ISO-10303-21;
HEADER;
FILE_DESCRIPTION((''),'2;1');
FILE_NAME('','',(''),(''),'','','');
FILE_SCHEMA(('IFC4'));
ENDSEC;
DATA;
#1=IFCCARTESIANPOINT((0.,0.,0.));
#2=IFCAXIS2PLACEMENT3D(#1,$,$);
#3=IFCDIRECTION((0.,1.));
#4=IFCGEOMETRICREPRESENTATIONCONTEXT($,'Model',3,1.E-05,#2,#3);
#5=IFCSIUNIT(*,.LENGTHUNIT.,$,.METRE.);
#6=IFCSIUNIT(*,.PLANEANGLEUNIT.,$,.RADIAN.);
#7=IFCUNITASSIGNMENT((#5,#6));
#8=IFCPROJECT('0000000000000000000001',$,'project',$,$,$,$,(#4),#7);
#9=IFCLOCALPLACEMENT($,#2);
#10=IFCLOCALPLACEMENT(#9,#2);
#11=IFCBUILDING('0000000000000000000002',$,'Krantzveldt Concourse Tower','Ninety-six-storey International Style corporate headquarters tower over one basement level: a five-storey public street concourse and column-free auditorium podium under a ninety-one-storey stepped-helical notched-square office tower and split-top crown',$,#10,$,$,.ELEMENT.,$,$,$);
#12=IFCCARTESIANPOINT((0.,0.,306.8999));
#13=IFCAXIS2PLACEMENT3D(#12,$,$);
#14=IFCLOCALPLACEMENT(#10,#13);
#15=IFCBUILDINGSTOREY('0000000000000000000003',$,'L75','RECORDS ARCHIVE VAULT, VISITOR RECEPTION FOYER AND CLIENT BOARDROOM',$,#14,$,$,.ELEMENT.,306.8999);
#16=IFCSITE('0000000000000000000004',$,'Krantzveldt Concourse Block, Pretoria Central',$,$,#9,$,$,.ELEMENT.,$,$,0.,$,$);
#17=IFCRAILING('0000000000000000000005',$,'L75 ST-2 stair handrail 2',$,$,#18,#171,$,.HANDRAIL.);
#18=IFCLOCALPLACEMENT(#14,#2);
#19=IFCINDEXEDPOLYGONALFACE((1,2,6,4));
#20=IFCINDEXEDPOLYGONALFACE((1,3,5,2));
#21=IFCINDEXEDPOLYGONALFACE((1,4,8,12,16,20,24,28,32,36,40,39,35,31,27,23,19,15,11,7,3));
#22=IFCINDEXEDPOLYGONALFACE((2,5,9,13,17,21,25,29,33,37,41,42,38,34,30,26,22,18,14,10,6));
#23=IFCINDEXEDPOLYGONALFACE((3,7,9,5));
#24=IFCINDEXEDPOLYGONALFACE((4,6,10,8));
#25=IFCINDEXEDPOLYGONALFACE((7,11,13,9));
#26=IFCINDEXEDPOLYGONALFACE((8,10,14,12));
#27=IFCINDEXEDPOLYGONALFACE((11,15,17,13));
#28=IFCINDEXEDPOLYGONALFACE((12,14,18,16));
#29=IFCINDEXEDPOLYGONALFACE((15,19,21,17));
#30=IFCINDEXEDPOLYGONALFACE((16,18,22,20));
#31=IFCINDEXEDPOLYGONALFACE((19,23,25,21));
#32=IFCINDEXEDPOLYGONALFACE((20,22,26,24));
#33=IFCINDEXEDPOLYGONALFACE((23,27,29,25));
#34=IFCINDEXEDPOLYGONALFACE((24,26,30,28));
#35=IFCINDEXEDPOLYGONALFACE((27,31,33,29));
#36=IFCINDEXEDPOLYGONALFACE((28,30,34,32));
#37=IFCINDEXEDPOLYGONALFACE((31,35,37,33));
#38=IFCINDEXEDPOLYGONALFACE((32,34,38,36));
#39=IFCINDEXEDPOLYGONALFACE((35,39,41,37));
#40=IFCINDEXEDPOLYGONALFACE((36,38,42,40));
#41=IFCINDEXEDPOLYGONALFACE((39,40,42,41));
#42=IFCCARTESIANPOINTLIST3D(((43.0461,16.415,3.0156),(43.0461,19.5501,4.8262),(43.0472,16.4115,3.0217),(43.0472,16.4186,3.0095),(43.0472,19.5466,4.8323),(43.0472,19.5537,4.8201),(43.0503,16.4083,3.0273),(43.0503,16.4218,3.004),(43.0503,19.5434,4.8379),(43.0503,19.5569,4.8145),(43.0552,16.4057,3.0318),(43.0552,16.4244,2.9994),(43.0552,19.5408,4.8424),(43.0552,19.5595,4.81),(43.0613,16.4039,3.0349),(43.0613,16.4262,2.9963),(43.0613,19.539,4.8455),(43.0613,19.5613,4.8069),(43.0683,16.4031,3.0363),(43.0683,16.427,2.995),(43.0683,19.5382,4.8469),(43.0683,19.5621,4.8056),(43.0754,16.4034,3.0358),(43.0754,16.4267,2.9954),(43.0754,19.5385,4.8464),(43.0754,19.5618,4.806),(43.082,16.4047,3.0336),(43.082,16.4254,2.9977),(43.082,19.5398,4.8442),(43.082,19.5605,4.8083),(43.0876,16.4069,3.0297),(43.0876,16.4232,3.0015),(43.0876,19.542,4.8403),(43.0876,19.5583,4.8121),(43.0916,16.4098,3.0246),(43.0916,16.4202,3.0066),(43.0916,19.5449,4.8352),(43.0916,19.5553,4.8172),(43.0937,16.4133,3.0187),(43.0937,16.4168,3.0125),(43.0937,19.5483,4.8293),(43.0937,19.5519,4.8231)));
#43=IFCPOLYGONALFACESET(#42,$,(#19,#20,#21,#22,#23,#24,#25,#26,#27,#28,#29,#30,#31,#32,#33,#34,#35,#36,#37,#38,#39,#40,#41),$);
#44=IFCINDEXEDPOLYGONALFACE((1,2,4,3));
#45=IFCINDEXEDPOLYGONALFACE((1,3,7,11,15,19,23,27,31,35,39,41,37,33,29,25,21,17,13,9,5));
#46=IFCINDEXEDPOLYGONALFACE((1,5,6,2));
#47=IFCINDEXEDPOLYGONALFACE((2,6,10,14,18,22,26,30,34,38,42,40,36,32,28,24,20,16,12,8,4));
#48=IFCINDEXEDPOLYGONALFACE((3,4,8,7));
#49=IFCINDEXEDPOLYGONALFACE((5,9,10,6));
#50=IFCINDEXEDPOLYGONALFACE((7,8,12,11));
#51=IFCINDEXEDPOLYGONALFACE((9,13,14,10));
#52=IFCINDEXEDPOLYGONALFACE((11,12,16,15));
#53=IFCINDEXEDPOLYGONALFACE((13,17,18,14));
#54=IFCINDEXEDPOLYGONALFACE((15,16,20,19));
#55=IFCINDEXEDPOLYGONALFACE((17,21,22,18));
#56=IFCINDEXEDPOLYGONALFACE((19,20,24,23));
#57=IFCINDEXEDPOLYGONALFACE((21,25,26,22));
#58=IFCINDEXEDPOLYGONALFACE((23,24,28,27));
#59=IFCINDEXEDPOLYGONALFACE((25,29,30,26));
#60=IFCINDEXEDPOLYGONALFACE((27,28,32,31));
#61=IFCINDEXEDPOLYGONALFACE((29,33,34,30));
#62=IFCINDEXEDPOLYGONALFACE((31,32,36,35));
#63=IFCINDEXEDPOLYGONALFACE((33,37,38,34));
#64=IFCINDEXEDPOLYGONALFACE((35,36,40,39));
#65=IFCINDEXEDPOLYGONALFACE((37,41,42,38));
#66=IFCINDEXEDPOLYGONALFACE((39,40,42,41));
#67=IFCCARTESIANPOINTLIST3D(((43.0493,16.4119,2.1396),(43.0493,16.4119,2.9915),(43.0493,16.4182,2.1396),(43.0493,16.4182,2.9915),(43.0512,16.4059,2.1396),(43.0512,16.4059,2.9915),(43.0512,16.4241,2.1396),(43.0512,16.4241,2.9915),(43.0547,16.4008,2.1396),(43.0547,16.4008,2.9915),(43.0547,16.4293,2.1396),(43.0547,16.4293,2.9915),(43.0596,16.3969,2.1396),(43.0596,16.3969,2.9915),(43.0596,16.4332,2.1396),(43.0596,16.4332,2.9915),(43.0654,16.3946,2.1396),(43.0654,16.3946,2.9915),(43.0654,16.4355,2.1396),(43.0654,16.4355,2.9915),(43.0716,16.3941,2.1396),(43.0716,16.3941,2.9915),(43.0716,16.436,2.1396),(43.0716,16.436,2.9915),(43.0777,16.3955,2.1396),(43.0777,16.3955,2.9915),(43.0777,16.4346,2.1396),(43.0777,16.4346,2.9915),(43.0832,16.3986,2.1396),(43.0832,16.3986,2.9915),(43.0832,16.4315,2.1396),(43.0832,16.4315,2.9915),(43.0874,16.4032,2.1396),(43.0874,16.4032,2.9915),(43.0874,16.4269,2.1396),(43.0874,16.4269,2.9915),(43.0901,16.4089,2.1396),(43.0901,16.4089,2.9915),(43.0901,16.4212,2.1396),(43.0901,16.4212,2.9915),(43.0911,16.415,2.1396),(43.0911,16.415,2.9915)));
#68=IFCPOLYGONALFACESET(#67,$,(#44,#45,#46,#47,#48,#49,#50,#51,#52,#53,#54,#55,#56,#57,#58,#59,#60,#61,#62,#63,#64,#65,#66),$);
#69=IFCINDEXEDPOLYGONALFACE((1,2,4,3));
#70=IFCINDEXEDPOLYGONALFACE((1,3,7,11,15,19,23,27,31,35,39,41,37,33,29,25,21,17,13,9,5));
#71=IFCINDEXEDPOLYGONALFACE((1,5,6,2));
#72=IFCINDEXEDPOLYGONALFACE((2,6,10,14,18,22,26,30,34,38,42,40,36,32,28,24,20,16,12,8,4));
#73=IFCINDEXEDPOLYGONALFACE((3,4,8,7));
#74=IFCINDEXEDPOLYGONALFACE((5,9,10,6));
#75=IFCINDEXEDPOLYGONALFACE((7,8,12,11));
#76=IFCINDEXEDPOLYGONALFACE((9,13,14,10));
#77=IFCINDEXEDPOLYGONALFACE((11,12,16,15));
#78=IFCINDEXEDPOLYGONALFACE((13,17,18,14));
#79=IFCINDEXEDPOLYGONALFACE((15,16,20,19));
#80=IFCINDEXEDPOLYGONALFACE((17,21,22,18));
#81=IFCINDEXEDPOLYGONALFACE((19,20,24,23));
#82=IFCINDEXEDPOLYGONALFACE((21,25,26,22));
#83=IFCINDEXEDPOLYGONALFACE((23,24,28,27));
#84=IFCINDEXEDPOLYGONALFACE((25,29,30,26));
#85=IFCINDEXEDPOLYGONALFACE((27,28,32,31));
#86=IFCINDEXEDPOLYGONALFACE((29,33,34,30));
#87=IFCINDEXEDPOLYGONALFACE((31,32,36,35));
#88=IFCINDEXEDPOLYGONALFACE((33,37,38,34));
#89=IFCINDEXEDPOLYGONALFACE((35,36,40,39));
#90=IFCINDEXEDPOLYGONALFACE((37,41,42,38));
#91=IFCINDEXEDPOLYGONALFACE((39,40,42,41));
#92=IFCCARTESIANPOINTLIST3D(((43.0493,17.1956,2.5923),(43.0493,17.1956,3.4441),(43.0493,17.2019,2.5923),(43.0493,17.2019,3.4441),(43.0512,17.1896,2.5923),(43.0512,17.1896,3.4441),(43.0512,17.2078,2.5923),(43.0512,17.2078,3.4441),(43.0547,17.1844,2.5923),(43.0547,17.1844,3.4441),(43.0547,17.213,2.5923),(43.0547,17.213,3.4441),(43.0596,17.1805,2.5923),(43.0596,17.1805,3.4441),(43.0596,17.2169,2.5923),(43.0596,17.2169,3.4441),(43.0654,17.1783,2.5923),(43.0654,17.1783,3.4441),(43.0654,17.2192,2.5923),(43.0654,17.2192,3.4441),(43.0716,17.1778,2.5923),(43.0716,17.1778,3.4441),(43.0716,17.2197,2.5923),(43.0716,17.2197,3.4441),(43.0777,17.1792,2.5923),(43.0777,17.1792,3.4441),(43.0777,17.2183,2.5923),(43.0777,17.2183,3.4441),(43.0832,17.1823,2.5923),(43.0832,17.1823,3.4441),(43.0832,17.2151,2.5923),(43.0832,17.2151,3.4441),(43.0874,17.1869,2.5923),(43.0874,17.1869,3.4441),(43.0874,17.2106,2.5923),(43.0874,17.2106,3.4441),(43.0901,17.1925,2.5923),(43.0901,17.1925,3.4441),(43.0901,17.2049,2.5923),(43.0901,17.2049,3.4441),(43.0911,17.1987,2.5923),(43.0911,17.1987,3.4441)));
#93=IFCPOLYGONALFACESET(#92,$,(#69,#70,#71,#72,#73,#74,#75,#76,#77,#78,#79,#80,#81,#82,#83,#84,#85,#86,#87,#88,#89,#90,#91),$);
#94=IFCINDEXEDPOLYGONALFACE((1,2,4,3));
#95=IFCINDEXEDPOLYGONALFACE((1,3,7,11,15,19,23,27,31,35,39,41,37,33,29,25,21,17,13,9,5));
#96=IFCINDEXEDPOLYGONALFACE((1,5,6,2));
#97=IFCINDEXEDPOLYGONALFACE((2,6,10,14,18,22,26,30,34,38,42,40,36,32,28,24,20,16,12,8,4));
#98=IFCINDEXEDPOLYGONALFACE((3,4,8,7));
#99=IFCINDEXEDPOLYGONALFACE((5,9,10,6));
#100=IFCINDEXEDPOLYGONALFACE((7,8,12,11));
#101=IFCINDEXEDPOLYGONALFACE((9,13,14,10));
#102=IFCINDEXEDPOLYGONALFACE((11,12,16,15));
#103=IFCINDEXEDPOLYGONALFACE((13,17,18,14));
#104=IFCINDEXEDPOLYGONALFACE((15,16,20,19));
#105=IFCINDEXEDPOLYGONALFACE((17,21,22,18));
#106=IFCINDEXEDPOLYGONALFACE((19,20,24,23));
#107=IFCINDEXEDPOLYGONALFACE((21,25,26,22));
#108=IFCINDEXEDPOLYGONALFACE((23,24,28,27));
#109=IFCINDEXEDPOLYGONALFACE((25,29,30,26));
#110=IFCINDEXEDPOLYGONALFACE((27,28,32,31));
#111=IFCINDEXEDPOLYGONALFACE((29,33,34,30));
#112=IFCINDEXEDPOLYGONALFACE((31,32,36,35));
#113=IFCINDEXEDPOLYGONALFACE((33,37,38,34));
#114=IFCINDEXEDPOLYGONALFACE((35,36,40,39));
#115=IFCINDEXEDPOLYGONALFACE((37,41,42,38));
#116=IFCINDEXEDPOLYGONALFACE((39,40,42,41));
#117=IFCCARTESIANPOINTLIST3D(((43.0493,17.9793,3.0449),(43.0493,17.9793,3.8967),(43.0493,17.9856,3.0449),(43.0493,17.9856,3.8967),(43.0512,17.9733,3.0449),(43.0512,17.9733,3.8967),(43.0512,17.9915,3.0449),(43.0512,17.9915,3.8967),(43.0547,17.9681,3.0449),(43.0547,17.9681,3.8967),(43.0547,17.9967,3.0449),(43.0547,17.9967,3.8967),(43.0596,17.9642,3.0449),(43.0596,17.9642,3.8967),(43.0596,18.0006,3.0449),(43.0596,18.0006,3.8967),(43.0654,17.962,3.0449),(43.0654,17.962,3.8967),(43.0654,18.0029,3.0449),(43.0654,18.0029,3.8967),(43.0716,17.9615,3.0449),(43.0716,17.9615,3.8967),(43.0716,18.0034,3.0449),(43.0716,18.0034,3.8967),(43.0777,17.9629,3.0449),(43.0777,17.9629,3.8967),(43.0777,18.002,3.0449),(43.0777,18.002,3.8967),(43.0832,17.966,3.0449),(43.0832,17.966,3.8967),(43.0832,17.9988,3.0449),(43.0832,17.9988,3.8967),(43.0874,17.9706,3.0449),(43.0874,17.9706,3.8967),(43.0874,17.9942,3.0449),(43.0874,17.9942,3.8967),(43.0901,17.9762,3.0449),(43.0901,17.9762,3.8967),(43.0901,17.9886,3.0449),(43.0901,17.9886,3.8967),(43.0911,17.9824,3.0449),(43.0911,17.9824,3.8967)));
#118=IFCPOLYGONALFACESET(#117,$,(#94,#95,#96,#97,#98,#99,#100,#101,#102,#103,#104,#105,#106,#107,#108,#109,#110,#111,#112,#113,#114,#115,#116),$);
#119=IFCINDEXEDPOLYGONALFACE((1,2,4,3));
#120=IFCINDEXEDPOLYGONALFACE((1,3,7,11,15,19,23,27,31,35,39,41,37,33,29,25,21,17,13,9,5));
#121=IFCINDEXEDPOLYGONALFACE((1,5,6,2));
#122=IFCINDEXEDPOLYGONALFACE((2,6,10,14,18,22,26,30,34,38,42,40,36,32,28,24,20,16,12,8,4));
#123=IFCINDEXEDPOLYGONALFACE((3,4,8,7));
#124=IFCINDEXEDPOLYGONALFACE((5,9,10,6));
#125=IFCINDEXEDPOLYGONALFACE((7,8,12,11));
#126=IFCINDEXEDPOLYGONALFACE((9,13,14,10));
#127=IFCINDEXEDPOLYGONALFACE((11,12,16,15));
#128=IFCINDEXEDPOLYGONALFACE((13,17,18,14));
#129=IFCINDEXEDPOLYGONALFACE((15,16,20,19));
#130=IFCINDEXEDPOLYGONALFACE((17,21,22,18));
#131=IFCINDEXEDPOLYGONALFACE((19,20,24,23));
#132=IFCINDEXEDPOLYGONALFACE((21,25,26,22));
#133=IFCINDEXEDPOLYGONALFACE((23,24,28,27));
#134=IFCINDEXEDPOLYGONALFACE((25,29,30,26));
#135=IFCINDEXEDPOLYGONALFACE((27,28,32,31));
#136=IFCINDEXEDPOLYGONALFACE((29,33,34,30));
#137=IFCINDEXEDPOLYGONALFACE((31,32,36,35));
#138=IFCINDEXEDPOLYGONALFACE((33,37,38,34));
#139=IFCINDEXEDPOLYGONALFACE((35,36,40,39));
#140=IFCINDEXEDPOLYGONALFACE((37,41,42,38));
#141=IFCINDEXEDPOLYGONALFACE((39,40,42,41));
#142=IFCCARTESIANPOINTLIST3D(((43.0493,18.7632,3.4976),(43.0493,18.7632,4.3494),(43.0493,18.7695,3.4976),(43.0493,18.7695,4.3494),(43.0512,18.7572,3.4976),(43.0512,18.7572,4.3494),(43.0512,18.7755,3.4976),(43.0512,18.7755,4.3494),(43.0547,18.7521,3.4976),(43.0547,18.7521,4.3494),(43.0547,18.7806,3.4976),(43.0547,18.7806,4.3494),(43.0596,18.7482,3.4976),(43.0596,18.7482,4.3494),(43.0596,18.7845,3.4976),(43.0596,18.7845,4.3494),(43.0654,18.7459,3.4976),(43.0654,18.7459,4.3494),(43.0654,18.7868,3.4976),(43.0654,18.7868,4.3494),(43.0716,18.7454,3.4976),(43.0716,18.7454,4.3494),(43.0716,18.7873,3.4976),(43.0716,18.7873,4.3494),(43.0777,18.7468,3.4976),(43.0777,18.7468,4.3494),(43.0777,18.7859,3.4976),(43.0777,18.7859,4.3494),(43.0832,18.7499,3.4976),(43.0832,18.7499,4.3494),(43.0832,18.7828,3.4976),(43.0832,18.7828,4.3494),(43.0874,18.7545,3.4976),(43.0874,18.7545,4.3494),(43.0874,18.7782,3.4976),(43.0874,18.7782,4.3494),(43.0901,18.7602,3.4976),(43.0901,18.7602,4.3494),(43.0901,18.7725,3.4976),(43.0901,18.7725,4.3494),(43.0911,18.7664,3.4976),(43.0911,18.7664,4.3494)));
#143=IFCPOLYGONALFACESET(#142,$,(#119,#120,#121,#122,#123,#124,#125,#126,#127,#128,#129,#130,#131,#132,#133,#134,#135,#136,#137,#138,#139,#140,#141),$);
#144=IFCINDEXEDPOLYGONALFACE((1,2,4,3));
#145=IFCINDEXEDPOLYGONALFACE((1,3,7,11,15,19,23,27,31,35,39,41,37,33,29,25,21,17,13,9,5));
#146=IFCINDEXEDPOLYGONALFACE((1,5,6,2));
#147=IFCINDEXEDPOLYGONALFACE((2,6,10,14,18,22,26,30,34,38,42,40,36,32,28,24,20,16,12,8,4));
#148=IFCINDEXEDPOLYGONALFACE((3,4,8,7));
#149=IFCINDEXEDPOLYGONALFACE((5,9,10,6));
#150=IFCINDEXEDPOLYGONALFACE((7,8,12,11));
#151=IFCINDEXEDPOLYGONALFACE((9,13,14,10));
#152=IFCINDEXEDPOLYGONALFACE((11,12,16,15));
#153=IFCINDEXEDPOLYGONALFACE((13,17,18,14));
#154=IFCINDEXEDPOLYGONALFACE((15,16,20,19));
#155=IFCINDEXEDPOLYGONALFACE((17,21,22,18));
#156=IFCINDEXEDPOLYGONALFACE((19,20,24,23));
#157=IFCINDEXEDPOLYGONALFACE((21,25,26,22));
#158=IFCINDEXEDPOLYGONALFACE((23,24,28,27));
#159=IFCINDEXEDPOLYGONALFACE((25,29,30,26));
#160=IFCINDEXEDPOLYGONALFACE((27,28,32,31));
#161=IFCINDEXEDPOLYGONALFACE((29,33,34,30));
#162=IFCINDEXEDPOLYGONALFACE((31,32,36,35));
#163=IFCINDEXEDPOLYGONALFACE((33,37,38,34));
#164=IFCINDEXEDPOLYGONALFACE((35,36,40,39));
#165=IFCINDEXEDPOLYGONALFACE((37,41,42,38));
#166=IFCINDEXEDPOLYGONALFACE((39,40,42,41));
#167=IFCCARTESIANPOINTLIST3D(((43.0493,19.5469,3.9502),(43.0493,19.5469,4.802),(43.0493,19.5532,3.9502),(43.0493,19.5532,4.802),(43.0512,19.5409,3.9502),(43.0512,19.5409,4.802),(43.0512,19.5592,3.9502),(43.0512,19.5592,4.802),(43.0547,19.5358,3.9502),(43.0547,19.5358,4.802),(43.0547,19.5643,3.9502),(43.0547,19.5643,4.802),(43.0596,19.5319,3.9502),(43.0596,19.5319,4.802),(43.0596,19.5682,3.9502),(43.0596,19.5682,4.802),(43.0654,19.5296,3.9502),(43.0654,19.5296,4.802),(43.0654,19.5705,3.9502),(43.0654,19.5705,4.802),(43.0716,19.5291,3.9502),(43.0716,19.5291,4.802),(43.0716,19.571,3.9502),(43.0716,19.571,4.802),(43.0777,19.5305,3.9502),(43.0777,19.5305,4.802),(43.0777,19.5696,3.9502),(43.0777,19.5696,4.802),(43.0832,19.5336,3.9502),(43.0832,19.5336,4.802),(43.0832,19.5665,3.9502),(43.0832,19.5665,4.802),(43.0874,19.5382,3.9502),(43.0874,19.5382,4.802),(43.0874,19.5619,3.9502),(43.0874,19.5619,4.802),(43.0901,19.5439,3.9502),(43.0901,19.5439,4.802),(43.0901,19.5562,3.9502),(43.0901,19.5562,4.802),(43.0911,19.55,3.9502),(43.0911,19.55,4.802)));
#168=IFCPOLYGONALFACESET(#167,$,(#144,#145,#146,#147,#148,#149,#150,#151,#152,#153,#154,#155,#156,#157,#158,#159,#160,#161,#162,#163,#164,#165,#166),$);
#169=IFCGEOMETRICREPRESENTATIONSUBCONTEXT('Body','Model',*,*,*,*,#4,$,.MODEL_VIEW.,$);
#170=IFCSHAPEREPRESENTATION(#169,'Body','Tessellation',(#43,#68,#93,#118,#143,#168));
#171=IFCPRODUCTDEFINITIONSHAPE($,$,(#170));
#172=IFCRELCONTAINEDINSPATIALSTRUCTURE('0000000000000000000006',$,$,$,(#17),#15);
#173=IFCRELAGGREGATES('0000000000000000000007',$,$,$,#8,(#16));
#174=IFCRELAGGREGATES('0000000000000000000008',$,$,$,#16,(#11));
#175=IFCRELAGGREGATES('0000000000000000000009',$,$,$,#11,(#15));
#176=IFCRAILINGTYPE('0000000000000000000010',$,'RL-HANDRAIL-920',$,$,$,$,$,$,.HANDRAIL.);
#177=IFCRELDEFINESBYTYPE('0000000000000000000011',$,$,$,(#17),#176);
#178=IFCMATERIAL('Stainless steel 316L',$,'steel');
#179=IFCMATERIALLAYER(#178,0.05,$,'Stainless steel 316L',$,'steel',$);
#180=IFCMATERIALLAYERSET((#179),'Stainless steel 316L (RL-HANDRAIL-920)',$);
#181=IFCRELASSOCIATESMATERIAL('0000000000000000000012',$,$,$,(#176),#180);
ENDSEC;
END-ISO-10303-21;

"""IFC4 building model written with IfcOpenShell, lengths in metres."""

from ifc_helpers import new_model, si_unit, direction, frame, origin, origin_2d, place, context, subcontext, project, spatial, circle, extrude, material, layer, layer_set, type_object, element, save


model = new_model("IFC4")

# Units and contexts
model_context = context("Model", 3, precision=1e-05, world=origin(), true_north=direction((0.0, 1.0)))
body_context = subcontext(model_context, "Body", "Model", "MODEL_VIEW")
ifc_project = project(units=[si_unit("LENGTHUNIT", "METRE"), si_unit("PLANEANGLEUNIT", "RADIAN")], contexts=[model_context])

# Site, building, storey
site_placement = place(None, origin())
site = spatial("IfcSite", under=ifc_project, at=site_placement, Name="Krantzveldt Concourse Block, Pretoria Central", CompositionType="ELEMENT", RefElevation=0.0)
building_placement = place(site_placement, origin())
building = spatial("IfcBuilding", under=site, at=building_placement, Name="Krantzveldt Concourse Tower", Description="Ninety-six-storey International Style corporate headquarters tower over one basement level: a five-storey public street concourse and column-free auditorium podium under a ninety-one-storey stepped-helical notched-square office tower and split-top crown", CompositionType="ELEMENT")
storey_placement = place(building_placement, frame((0.0, 0.0, 306.8999)))
storey = spatial("IfcBuildingStorey", under=building, at=storey_placement, Name="L75", Description="RECORDS ARCHIVE VAULT, VISITOR RECEPTION FOYER AND CLIENT BOARDROOM", CompositionType="ELEMENT", Elevation=306.8999)

# Railing
ifc_material_1 = material(Name="Stainless steel 316L", Category="steel")
ifc_layer_1 = layer(ifc_material_1, 0.05, Name="Stainless steel 316L", Category="steel")
ifc_layer_set_1 = layer_set([ifc_layer_1], Name="Stainless steel 316L (RL-HANDRAIL-920)")
railing_type = type_object("IfcRailingType", Name="RL-HANDRAIL-920", PredefinedType="HANDRAIL", material=ifc_layer_set_1)
railing_placement = place(storey_placement, frame((43.0701, 16.415, 2.1396)))
element("IfcRailing", 1, at=railing_placement, inside=storey, type_object=railing_type, Name="L75 ST-2 stair handrail 2", PredefinedType="HANDRAIL", context=body_context, shape_type="SweptSolid", body=[
    extrude(circle(Radius=0.0239, at=origin_2d()), frame((0.0, 0.0, 0.876), z_axis=(0.0, 0.86596, 0.500114), x_axis=(-1.0, 0.0, 0.0)), (0.0, 0.0, 1.0), 3.6204),
    extrude(circle(Radius=0.021, at=origin_2d()), origin(), (0.0, 0.0, 1.0), 0.8518),
    extrude(circle(Radius=0.021, at=origin_2d()), frame((0.0, 0.7837, 0.4526)), (0.0, 0.0, 1.0), 0.8518),
    extrude(circle(Radius=0.021, at=origin_2d()), frame((0.0, 1.5674, 0.9053)), (0.0, 0.0, 1.0), 0.8518),
    extrude(circle(Radius=0.021, at=origin_2d()), frame((0.0, 2.3513, 1.3579)), (0.0, 0.0, 1.0), 0.8518),
    extrude(circle(Radius=0.021, at=origin_2d()), frame((0.0, 3.135, 1.8105)), (0.0, 0.0, 1.0), 0.8518),
])

save(model, "model.ifc")
